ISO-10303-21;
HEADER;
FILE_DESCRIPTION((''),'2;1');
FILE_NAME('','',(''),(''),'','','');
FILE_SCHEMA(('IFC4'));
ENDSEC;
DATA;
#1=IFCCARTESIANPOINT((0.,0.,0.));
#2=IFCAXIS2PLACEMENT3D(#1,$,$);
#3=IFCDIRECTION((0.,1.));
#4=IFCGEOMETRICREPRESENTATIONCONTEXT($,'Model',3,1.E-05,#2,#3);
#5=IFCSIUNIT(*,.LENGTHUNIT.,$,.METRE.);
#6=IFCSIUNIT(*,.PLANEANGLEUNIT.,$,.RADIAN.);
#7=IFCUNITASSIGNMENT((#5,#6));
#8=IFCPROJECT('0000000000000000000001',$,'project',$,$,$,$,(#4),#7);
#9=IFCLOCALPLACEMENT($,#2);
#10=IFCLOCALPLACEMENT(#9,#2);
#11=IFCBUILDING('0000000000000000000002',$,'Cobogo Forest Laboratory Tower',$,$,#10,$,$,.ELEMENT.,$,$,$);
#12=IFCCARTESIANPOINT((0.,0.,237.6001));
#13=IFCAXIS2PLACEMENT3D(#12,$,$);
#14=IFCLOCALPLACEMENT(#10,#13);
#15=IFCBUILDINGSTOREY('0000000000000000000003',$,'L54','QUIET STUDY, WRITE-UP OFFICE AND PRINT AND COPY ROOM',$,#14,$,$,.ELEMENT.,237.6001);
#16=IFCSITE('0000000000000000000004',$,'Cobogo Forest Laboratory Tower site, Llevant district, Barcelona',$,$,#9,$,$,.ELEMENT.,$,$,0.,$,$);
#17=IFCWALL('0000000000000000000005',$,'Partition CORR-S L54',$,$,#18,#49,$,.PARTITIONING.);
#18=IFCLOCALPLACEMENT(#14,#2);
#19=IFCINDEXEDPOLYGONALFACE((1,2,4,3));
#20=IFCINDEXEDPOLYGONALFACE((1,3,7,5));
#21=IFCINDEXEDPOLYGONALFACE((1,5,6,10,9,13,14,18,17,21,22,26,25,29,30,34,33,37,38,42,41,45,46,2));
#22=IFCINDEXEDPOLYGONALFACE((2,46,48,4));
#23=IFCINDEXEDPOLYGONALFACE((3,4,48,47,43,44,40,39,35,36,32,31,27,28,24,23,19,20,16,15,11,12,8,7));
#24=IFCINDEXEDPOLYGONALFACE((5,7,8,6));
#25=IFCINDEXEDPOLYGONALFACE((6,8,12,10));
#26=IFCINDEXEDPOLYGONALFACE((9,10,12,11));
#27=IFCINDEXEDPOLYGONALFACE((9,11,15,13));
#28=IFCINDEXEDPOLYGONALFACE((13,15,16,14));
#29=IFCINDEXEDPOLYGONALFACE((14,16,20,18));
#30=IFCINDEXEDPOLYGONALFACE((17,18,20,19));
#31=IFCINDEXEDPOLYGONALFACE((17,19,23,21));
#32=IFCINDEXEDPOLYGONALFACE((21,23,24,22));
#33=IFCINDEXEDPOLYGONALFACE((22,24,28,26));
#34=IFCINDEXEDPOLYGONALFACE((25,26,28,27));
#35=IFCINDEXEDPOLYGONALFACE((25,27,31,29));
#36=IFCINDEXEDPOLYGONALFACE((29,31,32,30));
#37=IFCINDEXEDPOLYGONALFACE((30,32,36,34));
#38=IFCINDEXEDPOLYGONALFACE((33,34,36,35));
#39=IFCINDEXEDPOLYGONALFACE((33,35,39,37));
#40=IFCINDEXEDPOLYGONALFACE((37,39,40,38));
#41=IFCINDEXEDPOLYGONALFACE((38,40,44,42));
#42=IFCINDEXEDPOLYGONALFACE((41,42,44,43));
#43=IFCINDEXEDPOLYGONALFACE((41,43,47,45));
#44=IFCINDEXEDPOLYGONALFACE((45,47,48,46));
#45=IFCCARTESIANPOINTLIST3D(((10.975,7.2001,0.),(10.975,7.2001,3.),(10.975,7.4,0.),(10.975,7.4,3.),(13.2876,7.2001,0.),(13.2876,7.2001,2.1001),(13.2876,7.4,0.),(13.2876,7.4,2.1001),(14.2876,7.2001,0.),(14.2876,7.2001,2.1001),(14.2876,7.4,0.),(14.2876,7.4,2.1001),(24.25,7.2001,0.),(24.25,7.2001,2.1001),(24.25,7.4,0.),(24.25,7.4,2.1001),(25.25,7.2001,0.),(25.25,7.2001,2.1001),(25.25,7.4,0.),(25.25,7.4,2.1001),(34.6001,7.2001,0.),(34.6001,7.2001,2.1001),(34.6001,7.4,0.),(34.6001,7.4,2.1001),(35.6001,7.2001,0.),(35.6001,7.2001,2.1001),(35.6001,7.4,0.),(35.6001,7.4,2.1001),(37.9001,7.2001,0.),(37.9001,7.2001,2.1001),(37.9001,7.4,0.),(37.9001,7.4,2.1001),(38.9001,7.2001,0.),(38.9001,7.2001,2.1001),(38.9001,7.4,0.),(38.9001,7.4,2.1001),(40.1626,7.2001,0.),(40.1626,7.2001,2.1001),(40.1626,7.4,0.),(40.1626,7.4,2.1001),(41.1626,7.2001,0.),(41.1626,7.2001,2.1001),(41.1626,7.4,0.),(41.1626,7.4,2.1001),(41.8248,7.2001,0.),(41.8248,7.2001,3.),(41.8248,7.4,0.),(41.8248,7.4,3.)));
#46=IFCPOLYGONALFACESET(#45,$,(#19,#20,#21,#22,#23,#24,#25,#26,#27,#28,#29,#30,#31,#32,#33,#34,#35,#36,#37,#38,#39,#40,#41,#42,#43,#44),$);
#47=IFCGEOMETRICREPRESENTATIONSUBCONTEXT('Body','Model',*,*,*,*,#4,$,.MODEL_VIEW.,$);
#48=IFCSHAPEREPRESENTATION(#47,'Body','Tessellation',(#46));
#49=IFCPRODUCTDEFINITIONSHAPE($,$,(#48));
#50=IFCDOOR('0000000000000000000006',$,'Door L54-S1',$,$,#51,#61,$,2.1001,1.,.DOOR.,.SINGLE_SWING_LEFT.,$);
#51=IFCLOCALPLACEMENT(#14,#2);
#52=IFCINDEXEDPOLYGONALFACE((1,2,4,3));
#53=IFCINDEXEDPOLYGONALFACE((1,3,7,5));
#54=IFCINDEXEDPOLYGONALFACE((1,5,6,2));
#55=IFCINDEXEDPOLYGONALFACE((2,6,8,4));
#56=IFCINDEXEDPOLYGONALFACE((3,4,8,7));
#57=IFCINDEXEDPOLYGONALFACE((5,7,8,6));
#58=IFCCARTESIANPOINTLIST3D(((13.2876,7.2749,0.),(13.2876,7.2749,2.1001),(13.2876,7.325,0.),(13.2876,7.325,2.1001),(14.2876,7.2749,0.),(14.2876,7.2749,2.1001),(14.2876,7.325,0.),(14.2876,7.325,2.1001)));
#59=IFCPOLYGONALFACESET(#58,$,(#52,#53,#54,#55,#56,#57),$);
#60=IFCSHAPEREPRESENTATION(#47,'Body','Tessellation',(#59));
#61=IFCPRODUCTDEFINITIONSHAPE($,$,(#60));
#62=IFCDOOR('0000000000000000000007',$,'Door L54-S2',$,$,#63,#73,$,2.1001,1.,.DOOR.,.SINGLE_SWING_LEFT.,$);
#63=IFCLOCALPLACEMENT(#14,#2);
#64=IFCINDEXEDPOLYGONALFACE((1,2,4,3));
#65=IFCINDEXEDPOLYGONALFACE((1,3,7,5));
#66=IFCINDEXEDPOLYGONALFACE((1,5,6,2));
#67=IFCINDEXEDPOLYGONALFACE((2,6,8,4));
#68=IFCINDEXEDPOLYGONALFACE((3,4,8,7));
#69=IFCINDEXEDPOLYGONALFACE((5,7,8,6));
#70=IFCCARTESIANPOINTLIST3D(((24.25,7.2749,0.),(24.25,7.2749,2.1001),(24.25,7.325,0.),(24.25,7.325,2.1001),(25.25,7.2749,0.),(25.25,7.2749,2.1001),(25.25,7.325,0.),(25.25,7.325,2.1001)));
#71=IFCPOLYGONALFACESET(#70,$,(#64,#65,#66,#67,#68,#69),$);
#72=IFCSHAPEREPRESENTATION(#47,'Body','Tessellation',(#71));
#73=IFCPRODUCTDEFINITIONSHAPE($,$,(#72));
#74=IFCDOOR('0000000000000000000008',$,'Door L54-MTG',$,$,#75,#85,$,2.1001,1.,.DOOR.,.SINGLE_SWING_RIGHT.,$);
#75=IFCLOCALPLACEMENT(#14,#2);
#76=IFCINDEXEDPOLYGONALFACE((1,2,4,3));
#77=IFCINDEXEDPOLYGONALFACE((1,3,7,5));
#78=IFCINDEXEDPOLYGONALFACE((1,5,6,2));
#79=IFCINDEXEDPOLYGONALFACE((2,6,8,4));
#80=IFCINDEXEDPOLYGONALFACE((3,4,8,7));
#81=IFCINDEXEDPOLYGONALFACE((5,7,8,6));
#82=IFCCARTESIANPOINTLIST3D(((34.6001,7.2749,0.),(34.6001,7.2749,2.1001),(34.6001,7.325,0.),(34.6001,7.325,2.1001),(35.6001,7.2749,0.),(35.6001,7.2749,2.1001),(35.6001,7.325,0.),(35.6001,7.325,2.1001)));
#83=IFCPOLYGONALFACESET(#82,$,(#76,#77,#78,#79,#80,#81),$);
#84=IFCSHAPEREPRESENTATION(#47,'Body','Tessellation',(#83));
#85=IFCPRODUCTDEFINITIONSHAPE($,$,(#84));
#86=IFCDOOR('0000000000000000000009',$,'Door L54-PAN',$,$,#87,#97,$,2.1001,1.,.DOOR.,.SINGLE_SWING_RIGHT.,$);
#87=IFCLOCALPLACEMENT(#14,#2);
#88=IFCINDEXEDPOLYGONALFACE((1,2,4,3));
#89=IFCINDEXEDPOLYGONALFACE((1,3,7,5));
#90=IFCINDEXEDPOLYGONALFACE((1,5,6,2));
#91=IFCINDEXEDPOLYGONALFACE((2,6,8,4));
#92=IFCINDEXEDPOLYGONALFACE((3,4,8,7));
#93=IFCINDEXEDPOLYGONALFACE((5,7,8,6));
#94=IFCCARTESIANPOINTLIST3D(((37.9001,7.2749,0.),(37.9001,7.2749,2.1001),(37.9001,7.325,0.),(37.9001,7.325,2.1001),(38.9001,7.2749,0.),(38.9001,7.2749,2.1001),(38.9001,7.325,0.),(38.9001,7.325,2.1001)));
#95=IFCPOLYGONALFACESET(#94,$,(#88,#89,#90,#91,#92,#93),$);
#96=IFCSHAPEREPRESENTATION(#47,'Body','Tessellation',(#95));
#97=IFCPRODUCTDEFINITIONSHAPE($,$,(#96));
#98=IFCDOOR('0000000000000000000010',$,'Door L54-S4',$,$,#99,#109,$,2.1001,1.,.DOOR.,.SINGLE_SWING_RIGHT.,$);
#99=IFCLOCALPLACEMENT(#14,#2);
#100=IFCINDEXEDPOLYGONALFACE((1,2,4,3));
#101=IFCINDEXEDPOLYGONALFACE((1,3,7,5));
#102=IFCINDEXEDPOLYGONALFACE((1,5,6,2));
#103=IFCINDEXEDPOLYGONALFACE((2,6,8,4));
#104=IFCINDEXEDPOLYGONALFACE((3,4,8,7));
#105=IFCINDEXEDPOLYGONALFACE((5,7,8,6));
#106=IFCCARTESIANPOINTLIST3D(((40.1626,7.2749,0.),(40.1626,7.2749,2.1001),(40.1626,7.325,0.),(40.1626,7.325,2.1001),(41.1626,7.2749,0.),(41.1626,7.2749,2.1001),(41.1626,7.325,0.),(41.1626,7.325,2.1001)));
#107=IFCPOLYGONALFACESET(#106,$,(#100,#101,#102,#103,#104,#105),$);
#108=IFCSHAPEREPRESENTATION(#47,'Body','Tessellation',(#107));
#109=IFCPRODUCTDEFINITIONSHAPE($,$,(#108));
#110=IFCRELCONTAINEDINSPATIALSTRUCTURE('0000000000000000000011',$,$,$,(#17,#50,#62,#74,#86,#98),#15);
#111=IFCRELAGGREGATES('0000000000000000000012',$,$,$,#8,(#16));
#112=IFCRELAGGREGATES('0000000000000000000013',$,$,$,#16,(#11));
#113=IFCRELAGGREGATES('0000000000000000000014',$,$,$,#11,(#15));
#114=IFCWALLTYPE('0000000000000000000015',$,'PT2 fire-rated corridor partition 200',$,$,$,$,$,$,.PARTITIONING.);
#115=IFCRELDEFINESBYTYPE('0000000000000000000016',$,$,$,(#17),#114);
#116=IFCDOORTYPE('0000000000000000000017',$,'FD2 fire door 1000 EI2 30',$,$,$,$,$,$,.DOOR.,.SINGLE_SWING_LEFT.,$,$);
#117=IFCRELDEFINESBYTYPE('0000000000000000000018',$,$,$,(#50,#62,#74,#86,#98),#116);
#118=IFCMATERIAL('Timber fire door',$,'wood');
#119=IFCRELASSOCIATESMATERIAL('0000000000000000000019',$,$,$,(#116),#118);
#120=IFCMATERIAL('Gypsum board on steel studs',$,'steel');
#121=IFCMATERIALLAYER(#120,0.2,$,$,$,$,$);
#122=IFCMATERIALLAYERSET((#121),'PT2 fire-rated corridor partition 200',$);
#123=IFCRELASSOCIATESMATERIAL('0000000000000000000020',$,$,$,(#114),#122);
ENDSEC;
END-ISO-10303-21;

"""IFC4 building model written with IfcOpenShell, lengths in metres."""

from ifc_helpers import new_model, si_unit, direction, frame, frame_2d, origin, place, context, subcontext, project, spatial, rectangle, extrude, material, layer, layer_set, type_object, element, fill, save


model = new_model("IFC4")

# Units and contexts
model_context = context("Model", 3, precision=1e-05, world=origin(), true_north=direction((0.0, 1.0)))
body_context = subcontext(model_context, "Body", "Model", "MODEL_VIEW")
ifc_project = project(units=[si_unit("LENGTHUNIT", "METRE"), si_unit("PLANEANGLEUNIT", "RADIAN")], contexts=[model_context])

# Site, building, storey
site_placement = place(None, origin())
site = spatial("IfcSite", under=ifc_project, at=site_placement, Name="Cobogo Forest Laboratory Tower site, Llevant district, Barcelona", CompositionType="ELEMENT", RefElevation=0.0)
building_placement = place(site_placement, origin())
building = spatial("IfcBuilding", under=site, at=building_placement, Name="Cobogo Forest Laboratory Tower", CompositionType="ELEMENT")
storey_placement = place(building_placement, frame((0.0, 0.0, 237.6001)))
storey = spatial("IfcBuildingStorey", under=building, at=storey_placement, Name="L54", Description="QUIET STUDY, WRITE-UP OFFICE AND PRINT AND COPY ROOM", CompositionType="ELEMENT", Elevation=237.6001)

# Shared definitions
ifc_material_1 = material(Name="Gypsum board on steel studs", Category="steel")
ifc_material_2 = material(Name="Timber fire door", Category="wood")
door_type_1 = type_object("IfcDoorType", Name="FD2 fire door 1000 EI2 30", OperationType="SINGLE_SWING_LEFT", PredefinedType="DOOR", material=ifc_material_2)

# Wall, openings, doors
ifc_layer_1 = layer(ifc_material_1, 0.2)
ifc_layer_set_1 = layer_set([ifc_layer_1], Name="PT2 fire-rated corridor partition 200")
wall_type_1 = type_object("IfcWallType", Name="PT2 fire-rated corridor partition 200", PredefinedType="PARTITIONING", material=ifc_layer_set_1)
wall_1_placement = place(storey_placement, frame((10.9751, 7.3, 0.0), z_axis=(0.0, 0.0, 1.0), x_axis=(1.0, 0.0, 0.0)))
wall_1 = element("IfcWall", 1, at=wall_1_placement, inside=storey, type_object=wall_type_1, Name="Partition CORR-S L54", PredefinedType="PARTITIONING", context=body_context, shape_type="SweptSolid", body=[
    extrude(rectangle(XDim=30.8499, YDim=0.2, at=frame_2d((15.4248, 0.0))), origin(), (0.0, 0.0, 1.0), 3.0),
])
opening_1_placement = place(wall_1_placement, frame((2.3125, 0.0, 0.0)))
opening_1 = element("IfcOpeningElement", 2, at=opening_1_placement, cuts=wall_1, PredefinedType="OPENING", context=body_context, shape_type="SweptSolid", body=[
    extrude(rectangle(XDim=1.0, YDim=2.1001, at=frame_2d((0.5, 1.05))), frame((0.0, 0.1099, 0.0), z_axis=(0.0, -1.0, 0.0), x_axis=(1.0, 0.0, 0.0)), (0.0, 0.0, 1.0), 0.22),
])
opening_2_placement = place(wall_1_placement, frame((13.2749, 0.0, 0.0)))
opening_2 = element("IfcOpeningElement", 3, at=opening_2_placement, cuts=wall_1, PredefinedType="OPENING", context=body_context, shape_type="SweptSolid", body=[
    extrude(rectangle(XDim=1.0, YDim=2.1001, at=frame_2d((0.5, 1.05))), frame((0.0, 0.1099, 0.0), z_axis=(0.0, -1.0, 0.0), x_axis=(1.0, 0.0, 0.0)), (0.0, 0.0, 1.0), 0.22),
])
opening_3_placement = place(wall_1_placement, frame((23.625, 0.0, 0.0)))
opening_3 = element("IfcOpeningElement", 4, at=opening_3_placement, cuts=wall_1, PredefinedType="OPENING", context=body_context, shape_type="SweptSolid", body=[
    extrude(rectangle(XDim=1.0, YDim=2.1001, at=frame_2d((0.5, 1.05))), frame((0.0, 0.1099, 0.0), z_axis=(0.0, -1.0, 0.0), x_axis=(1.0, 0.0, 0.0)), (0.0, 0.0, 1.0), 0.22),
])
opening_4_placement = place(wall_1_placement, frame((26.925, 0.0, 0.0)))
opening_4 = element("IfcOpeningElement", 5, at=opening_4_placement, cuts=wall_1, PredefinedType="OPENING", context=body_context, shape_type="SweptSolid", body=[
    extrude(rectangle(XDim=1.0, YDim=2.1001, at=frame_2d((0.5, 1.05))), frame((0.0, 0.1099, 0.0), z_axis=(0.0, -1.0, 0.0), x_axis=(1.0, 0.0, 0.0)), (0.0, 0.0, 1.0), 0.22),
])
opening_5_placement = place(wall_1_placement, frame((29.1875, 0.0, 0.0)))
opening_5 = element("IfcOpeningElement", 6, at=opening_5_placement, cuts=wall_1, PredefinedType="OPENING", context=body_context, shape_type="SweptSolid", body=[
    extrude(rectangle(XDim=1.0, YDim=2.1001, at=frame_2d((0.5, 1.05))), frame((0.0, 0.1099, 0.0), z_axis=(0.0, -1.0, 0.0), x_axis=(1.0, 0.0, 0.0)), (0.0, 0.0, 1.0), 0.22),
])
door_1_placement = place(opening_1_placement, origin())
door_1 = element("IfcDoor", 7, at=door_1_placement, inside=storey, type_object=door_type_1, Name="Door L54-S1", OperationType="SINGLE_SWING_LEFT", OverallHeight=2.1001, OverallWidth=1.0, PredefinedType="DOOR", context=body_context, shape_type="SweptSolid", body=[
    extrude(rectangle(XDim=1.0, YDim=2.1001, at=frame_2d((0.5, 1.05))), frame((0.0, 0.0249, 0.0), z_axis=(0.0, -1.0, 0.0), x_axis=(1.0, 0.0, 0.0)), (0.0, 0.0, 1.0), 0.05),
])
fill(opening_1, door_1)
door_2_placement = place(opening_2_placement, origin())
door_2 = element("IfcDoor", 8, at=door_2_placement, inside=storey, type_object=door_type_1, Name="Door L54-S2", OperationType="SINGLE_SWING_LEFT", OverallHeight=2.1001, OverallWidth=1.0, PredefinedType="DOOR", context=body_context, shape_type="SweptSolid", body=[
    extrude(rectangle(XDim=1.0, YDim=2.1001, at=frame_2d((0.5, 1.05))), frame((0.0, 0.0249, 0.0), z_axis=(0.0, -1.0, 0.0), x_axis=(1.0, 0.0, 0.0)), (0.0, 0.0, 1.0), 0.05),
])
fill(opening_2, door_2)
door_3_placement = place(opening_3_placement, origin())
door_3 = element("IfcDoor", 9, at=door_3_placement, inside=storey, type_object=door_type_1, Name="Door L54-MTG", OperationType="SINGLE_SWING_RIGHT", OverallHeight=2.1001, OverallWidth=1.0, PredefinedType="DOOR", context=body_context, shape_type="SweptSolid", body=[
    extrude(rectangle(XDim=1.0, YDim=2.1001, at=frame_2d((0.5, 1.05))), frame((0.0, 0.0249, 0.0), z_axis=(0.0, -1.0, 0.0), x_axis=(1.0, 0.0, 0.0)), (0.0, 0.0, 1.0), 0.05),
])
fill(opening_3, door_3)
door_4_placement = place(opening_4_placement, origin())
door_4 = element("IfcDoor", 10, at=door_4_placement, inside=storey, type_object=door_type_1, Name="Door L54-PAN", OperationType="SINGLE_SWING_RIGHT", OverallHeight=2.1001, OverallWidth=1.0, PredefinedType="DOOR", context=body_context, shape_type="SweptSolid", body=[
    extrude(rectangle(XDim=1.0, YDim=2.1001, at=frame_2d((0.5, 1.05))), frame((0.0, 0.0249, 0.0), z_axis=(0.0, -1.0, 0.0), x_axis=(1.0, 0.0, 0.0)), (0.0, 0.0, 1.0), 0.05),
])
fill(opening_4, door_4)
door_5_placement = place(opening_5_placement, origin())
door_5 = element("IfcDoor", 11, at=door_5_placement, inside=storey, type_object=door_type_1, Name="Door L54-S4", OperationType="SINGLE_SWING_RIGHT", OverallHeight=2.1001, OverallWidth=1.0, PredefinedType="DOOR", context=body_context, shape_type="SweptSolid", body=[
    extrude(rectangle(XDim=1.0, YDim=2.1001, at=frame_2d((0.5, 1.05))), frame((0.0, 0.0249, 0.0), z_axis=(0.0, -1.0, 0.0), x_axis=(1.0, 0.0, 0.0)), (0.0, 0.0, 1.0), 0.05),
])
fill(opening_5, door_5)

save(model, "model.ifc")
